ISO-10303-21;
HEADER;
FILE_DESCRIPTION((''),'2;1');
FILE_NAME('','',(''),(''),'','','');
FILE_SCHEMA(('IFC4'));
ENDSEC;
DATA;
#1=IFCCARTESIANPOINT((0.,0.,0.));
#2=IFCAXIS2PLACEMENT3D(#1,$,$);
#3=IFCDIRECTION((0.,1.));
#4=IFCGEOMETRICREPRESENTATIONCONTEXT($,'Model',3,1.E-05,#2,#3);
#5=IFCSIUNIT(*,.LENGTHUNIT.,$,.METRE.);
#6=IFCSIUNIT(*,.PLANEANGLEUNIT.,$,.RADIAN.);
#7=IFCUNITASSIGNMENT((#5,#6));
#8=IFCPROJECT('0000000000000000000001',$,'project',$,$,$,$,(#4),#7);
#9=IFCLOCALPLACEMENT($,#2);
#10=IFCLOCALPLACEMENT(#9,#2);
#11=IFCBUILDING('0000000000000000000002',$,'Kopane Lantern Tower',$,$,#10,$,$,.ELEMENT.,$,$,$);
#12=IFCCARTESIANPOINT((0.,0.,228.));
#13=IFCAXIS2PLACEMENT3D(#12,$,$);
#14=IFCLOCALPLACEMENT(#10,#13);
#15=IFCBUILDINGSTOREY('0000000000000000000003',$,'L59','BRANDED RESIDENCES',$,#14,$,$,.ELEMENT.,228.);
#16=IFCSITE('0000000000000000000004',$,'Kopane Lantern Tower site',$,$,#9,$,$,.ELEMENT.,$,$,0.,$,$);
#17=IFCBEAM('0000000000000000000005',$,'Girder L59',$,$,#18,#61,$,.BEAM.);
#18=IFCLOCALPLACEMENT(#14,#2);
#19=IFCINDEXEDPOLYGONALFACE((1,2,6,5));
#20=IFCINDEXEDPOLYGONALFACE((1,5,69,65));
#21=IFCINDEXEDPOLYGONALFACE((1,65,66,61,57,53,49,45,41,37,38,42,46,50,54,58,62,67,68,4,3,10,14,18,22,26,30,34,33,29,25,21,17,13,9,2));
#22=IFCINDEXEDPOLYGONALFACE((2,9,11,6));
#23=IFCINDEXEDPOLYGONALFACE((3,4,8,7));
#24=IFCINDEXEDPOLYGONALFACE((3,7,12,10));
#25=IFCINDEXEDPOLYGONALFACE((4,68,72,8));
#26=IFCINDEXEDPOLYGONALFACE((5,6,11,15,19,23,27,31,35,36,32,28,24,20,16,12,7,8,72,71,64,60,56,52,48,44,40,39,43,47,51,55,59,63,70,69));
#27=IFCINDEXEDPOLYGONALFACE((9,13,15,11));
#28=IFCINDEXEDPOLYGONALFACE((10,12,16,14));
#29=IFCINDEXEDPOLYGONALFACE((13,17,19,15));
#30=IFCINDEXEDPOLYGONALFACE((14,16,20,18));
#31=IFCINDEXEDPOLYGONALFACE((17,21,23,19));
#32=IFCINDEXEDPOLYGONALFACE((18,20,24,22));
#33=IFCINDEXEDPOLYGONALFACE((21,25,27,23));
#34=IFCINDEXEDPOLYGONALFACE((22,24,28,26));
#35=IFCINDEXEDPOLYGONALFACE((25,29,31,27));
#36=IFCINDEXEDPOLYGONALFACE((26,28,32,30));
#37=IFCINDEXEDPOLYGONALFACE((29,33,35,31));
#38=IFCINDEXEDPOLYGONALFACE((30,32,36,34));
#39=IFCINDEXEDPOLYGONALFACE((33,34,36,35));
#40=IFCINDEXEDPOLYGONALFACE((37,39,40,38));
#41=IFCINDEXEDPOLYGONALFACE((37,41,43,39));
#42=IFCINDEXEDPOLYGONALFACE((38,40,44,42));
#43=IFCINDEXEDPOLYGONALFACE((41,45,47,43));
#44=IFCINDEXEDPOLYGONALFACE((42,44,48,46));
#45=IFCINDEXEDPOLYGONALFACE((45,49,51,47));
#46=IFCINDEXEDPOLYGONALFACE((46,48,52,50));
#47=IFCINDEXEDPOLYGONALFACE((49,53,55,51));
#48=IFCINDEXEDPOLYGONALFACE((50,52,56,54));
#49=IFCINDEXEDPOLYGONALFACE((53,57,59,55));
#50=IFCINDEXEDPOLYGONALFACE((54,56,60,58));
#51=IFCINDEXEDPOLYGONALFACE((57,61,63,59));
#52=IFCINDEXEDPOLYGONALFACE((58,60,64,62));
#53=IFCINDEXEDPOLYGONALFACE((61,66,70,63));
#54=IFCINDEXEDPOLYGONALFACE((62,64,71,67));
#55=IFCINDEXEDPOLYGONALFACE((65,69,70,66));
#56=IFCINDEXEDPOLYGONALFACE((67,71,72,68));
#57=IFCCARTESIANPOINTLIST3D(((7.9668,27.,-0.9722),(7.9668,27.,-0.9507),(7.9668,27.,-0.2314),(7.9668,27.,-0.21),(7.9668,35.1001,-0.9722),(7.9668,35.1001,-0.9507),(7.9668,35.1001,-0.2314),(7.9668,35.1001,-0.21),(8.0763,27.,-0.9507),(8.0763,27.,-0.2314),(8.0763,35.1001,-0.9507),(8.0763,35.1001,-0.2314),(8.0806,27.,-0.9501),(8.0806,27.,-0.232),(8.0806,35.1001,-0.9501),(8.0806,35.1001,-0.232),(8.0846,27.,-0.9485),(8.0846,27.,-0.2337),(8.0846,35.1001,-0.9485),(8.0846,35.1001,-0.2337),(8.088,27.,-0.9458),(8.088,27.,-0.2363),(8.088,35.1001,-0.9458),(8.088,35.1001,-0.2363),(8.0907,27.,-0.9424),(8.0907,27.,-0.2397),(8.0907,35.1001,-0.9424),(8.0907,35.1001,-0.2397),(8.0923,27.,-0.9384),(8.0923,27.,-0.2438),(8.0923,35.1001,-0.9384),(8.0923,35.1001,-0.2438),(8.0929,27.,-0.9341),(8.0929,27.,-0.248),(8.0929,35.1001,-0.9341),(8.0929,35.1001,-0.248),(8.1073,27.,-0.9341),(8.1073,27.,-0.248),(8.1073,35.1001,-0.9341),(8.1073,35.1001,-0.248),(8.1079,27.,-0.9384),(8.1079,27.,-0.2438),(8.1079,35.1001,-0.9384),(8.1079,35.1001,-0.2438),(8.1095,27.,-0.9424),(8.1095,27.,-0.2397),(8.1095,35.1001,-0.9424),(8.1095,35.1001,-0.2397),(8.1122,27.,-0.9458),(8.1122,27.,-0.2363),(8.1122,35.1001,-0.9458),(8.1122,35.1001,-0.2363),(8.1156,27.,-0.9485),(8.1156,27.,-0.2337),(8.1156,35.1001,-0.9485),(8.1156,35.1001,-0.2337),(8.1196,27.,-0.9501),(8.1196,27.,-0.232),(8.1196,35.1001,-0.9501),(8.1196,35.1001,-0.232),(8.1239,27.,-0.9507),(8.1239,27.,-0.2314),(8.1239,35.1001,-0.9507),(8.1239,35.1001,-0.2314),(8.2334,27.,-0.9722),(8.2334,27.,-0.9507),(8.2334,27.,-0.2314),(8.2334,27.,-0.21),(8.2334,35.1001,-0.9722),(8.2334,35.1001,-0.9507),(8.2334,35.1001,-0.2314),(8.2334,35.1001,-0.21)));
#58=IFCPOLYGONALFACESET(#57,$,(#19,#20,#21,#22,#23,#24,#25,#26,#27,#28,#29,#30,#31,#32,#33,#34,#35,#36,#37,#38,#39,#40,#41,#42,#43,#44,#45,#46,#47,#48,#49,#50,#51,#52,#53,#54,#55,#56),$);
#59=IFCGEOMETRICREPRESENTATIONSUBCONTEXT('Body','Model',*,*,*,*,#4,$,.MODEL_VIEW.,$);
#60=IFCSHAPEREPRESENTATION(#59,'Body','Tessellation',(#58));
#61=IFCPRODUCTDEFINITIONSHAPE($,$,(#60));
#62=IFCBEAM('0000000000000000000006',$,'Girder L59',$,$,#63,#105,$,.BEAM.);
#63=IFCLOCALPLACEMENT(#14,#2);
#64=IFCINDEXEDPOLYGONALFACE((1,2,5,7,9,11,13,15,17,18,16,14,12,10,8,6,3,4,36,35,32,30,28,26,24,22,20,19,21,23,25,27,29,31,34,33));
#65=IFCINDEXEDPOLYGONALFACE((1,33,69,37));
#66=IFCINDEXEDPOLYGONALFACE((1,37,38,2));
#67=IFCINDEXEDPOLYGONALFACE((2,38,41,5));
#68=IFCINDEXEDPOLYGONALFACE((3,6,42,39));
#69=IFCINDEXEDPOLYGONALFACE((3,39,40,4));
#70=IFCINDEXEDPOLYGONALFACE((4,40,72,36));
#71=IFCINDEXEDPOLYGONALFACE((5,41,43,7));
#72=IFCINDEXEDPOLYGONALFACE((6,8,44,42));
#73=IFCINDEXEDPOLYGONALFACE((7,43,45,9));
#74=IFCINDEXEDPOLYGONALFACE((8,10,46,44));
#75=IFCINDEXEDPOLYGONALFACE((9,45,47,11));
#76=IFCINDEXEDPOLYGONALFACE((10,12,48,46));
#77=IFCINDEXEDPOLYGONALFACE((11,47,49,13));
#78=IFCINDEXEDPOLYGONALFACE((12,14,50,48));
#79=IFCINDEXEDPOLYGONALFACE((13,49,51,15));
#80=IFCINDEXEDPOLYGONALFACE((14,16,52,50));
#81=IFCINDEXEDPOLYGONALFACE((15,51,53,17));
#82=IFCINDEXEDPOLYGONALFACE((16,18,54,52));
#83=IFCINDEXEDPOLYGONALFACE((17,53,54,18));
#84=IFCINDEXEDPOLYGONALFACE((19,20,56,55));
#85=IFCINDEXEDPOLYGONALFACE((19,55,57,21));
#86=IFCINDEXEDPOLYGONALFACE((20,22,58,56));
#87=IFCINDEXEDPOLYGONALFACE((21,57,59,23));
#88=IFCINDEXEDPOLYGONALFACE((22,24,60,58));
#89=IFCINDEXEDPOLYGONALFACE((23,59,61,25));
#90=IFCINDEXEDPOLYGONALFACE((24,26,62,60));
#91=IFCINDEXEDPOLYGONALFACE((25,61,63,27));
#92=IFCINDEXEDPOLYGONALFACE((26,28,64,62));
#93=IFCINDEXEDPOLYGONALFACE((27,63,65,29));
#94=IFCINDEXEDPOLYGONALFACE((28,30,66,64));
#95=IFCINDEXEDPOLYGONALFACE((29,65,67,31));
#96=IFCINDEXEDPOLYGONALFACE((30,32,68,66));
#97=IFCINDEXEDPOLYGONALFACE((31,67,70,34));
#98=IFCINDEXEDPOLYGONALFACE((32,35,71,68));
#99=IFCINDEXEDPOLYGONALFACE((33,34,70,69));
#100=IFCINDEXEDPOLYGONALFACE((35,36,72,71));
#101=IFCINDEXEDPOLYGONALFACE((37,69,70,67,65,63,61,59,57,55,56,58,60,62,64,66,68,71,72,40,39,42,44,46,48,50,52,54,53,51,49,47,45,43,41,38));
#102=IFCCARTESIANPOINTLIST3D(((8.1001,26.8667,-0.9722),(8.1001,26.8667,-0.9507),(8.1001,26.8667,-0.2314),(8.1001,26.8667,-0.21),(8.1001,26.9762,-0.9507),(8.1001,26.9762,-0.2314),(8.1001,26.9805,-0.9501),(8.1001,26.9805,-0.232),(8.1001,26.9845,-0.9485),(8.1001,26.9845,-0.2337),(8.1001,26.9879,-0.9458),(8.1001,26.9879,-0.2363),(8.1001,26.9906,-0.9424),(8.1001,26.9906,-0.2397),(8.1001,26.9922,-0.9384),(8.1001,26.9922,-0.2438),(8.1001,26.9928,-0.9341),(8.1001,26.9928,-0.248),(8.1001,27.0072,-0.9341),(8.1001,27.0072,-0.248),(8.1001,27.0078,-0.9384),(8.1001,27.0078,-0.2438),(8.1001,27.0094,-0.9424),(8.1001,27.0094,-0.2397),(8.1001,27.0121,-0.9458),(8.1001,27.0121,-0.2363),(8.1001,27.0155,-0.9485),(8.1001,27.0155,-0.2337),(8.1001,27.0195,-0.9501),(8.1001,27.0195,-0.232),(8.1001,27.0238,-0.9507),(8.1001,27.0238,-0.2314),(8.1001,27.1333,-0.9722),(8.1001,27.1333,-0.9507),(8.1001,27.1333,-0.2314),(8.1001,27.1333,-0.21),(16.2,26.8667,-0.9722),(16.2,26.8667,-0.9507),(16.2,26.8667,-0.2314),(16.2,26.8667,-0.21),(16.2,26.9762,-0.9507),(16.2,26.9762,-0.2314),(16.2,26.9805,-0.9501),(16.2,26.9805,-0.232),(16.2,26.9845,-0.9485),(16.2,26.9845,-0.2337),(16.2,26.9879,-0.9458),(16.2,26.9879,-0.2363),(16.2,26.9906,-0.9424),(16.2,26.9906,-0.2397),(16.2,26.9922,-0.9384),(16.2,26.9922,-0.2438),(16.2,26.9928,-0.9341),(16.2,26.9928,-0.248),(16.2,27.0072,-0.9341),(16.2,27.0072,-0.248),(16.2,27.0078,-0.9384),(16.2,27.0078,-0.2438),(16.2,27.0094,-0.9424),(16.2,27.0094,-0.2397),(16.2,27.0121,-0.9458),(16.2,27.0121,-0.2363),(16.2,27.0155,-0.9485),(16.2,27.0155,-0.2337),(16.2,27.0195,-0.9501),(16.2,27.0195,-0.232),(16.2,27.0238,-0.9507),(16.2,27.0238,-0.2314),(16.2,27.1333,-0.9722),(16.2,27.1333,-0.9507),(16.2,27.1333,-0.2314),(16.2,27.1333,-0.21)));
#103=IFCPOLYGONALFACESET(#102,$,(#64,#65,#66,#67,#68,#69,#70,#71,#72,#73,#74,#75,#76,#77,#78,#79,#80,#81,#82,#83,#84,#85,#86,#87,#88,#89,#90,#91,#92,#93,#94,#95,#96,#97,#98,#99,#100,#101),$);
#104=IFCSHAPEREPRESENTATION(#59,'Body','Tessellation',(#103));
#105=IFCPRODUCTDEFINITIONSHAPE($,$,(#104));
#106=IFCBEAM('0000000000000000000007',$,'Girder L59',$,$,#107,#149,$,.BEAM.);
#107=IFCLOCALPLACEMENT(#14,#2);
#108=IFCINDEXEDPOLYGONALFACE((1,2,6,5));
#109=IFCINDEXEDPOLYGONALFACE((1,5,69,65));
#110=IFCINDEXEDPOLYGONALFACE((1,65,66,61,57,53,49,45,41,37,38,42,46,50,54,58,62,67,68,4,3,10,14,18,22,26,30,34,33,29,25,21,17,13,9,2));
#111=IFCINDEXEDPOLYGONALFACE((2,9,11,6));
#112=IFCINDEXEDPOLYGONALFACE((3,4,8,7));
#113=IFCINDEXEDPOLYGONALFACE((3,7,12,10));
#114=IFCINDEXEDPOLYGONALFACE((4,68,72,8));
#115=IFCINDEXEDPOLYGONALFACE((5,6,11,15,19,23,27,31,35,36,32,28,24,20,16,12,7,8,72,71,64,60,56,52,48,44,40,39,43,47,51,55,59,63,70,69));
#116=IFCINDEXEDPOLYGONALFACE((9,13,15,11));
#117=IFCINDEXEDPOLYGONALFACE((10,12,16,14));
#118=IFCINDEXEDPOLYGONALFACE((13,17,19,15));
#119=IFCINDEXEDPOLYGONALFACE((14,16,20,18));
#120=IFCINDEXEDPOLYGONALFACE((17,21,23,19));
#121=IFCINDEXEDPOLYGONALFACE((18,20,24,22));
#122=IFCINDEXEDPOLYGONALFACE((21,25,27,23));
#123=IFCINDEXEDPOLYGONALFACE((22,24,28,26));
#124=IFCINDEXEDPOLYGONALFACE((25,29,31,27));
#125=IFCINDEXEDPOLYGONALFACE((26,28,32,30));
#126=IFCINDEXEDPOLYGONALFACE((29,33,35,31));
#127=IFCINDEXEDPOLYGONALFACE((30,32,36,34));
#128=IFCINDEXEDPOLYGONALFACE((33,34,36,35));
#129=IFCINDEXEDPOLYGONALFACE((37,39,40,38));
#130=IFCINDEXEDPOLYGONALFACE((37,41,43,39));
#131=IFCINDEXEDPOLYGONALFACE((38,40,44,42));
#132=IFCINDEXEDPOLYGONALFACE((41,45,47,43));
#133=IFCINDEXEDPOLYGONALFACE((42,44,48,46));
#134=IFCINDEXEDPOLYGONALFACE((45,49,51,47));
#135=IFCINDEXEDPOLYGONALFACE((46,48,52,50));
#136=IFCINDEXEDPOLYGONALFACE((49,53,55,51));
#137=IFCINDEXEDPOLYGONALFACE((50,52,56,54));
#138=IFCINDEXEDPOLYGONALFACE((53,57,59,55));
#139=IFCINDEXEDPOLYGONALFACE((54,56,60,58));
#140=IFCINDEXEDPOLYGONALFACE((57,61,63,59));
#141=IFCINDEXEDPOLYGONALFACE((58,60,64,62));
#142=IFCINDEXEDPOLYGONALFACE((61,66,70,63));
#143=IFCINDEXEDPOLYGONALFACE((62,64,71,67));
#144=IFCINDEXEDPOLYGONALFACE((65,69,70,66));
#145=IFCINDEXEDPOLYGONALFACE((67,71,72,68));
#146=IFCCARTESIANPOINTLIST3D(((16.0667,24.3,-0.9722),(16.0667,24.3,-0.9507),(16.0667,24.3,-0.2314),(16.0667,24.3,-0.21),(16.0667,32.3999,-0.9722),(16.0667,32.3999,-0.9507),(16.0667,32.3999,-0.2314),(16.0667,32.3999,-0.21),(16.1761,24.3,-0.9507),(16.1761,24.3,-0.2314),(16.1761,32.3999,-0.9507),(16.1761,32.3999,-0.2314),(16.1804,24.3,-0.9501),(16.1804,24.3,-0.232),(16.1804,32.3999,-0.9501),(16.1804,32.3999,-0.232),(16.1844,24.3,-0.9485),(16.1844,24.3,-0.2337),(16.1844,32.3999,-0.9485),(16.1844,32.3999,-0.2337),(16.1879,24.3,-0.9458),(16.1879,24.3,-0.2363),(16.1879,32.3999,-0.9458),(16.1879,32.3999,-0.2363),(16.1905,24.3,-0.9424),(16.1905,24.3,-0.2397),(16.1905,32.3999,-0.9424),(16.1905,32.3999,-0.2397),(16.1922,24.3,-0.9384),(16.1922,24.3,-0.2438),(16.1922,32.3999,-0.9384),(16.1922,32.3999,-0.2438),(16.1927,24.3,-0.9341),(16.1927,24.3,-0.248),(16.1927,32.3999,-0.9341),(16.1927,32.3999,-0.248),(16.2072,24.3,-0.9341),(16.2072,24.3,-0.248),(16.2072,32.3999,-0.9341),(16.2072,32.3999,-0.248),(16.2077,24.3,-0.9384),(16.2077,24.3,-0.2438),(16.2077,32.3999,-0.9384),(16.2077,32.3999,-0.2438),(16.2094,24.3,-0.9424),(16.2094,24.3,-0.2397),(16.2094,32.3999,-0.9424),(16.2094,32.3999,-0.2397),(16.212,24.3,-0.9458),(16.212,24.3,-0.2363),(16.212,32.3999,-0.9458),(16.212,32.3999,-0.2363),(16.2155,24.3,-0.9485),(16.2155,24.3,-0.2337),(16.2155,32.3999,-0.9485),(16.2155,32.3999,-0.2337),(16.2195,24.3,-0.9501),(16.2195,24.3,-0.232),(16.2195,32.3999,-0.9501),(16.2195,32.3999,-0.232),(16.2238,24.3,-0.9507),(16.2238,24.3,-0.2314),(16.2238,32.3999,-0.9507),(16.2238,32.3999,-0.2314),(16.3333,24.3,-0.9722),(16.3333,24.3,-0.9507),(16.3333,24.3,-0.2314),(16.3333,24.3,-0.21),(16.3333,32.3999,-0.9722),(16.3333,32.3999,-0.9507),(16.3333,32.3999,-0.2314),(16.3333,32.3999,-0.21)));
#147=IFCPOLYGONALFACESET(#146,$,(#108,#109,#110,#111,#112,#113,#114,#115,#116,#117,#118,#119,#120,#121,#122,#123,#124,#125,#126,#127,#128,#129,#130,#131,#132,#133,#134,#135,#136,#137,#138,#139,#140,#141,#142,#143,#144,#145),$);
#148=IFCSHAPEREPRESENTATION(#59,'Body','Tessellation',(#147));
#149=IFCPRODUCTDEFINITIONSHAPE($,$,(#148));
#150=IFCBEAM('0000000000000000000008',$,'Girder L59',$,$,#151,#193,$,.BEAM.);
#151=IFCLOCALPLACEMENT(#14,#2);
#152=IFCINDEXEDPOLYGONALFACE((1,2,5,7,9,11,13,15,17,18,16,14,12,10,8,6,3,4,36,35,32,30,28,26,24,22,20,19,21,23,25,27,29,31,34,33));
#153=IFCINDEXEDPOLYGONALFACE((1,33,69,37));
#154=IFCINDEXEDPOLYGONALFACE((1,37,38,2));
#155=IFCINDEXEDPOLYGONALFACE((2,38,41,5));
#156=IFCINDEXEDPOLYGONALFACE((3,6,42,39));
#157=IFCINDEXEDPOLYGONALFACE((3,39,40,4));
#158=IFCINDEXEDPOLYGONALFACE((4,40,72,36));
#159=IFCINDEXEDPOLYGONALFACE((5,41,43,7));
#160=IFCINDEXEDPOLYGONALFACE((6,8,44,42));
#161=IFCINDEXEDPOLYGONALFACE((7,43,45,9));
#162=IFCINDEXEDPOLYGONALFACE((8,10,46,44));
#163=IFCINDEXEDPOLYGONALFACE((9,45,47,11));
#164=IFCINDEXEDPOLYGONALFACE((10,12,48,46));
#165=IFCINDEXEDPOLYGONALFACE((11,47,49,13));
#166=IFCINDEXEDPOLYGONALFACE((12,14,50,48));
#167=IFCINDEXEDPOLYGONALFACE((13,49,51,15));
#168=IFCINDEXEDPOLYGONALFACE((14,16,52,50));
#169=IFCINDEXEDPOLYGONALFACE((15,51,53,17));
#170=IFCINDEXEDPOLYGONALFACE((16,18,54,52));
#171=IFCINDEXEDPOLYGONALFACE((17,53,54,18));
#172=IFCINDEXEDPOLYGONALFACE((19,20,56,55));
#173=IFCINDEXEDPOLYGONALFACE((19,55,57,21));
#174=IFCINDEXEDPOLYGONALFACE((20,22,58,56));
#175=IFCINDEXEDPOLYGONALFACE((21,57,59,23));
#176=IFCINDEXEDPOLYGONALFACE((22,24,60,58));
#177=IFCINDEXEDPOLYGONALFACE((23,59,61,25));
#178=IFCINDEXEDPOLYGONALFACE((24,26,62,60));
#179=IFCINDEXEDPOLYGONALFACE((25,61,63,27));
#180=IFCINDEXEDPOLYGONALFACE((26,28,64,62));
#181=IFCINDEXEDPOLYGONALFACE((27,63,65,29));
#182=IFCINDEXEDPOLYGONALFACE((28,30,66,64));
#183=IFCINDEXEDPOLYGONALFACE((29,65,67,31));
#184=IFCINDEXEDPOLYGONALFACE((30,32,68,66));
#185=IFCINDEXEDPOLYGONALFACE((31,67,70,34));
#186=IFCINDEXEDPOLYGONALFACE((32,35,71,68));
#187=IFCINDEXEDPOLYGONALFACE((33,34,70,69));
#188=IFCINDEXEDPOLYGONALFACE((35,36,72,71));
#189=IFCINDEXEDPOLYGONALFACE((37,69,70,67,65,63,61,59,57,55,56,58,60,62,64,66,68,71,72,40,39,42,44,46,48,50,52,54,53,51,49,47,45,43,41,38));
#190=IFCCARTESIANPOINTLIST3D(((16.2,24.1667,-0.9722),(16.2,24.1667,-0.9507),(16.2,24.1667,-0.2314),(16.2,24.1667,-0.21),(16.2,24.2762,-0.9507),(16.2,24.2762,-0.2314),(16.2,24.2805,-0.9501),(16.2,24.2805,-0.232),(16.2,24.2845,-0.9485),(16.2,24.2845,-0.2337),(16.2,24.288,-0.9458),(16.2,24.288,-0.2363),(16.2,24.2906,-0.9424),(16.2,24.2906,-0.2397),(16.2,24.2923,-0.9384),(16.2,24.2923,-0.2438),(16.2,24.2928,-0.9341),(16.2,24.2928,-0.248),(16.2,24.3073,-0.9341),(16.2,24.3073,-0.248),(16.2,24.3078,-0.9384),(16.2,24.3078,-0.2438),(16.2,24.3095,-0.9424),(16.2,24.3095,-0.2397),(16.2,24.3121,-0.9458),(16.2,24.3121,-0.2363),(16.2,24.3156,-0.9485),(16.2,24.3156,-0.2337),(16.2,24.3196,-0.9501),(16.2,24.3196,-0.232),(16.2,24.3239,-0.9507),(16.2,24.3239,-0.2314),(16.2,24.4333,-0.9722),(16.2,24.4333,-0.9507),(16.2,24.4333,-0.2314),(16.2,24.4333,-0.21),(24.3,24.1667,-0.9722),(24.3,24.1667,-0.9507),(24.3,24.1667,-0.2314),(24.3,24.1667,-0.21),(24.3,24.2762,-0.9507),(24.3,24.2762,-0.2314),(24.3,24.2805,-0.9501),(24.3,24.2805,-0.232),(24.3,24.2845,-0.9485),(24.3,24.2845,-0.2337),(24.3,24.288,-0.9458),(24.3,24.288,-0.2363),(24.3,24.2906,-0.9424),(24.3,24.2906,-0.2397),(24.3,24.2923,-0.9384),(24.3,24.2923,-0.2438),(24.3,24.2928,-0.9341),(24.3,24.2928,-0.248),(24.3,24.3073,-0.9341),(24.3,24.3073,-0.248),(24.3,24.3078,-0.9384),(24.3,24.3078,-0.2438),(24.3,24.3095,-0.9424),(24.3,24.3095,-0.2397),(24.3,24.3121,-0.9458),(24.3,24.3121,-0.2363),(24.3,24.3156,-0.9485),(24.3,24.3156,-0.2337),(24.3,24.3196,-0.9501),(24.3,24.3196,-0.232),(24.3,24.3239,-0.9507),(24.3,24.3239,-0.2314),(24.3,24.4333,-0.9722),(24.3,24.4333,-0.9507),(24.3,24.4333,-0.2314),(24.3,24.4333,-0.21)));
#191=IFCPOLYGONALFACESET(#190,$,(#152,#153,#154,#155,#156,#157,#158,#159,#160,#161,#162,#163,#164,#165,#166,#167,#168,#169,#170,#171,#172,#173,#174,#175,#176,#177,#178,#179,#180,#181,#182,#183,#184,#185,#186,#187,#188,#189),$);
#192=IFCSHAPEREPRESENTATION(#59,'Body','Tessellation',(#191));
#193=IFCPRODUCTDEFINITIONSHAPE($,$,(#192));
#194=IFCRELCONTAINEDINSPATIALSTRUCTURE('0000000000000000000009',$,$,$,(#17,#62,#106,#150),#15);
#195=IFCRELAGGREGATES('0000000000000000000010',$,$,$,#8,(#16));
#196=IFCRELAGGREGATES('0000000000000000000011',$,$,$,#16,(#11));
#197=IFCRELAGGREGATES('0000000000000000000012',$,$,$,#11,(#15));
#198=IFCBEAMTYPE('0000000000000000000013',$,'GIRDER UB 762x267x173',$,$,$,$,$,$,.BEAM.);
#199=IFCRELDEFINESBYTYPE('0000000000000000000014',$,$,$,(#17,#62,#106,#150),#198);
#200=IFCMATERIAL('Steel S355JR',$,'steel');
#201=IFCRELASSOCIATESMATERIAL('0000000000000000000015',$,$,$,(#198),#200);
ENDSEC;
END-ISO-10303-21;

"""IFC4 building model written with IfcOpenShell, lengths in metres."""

from ifc_helpers import new_model, si_unit, direction, frame, origin, origin_2d, place, context, subcontext, project, spatial, i_section, extrude, material, material_profile, profile_set, type_object, element, save


model = new_model("IFC4")

# Units and contexts
model_context = context("Model", 3, precision=1e-05, world=origin(), true_north=direction((0.0, 1.0)))
body_context = subcontext(model_context, "Body", "Model", "MODEL_VIEW")
ifc_project = project(units=[si_unit("LENGTHUNIT", "METRE"), si_unit("PLANEANGLEUNIT", "RADIAN")], contexts=[model_context])

# Site, building, storey
site_placement = place(None, origin())
site = spatial("IfcSite", under=ifc_project, at=site_placement, Name="Kopane Lantern Tower site", CompositionType="ELEMENT", RefElevation=0.0)
building_placement = place(site_placement, origin())
building = spatial("IfcBuilding", under=site, at=building_placement, Name="Kopane Lantern Tower", CompositionType="ELEMENT")
storey_placement = place(building_placement, frame((0.0, 0.0, 228.0)))
storey = spatial("IfcBuildingStorey", under=building, at=storey_placement, Name="L59", Description="BRANDED RESIDENCES", CompositionType="ELEMENT", Elevation=228.0)

# Beams
ifc_material_1 = material(Name="Steel S355JR", Category="steel")
ifc_material_profile_1 = material_profile(ifc_material_1, i_section(OverallWidth=0.2666, OverallDepth=0.7622, WebThickness=0.0144, FlangeThickness=0.0215, FilletRadius=0.0166, at=origin_2d()), Name="UB 762x267x173")
ifc_profile_set_1 = profile_set([ifc_material_profile_1], Name="Steel S355JR")
beam_type = type_object("IfcBeamType", Name="GIRDER UB 762x267x173", PredefinedType="BEAM", material=ifc_profile_set_1)
for number, where, z_axis, x_axis, name in (
    (1, (8.1001, 27.0, -0.5911), (0.0, 1.0, 0.0), (-1.0, 0.0, 0.0), "Girder L59"),
):
    element("IfcBeam", number, at=place(storey_placement, frame(where, z_axis=z_axis, x_axis=x_axis)), inside=storey, type_object=beam_type, Name=name, PredefinedType="BEAM", context=body_context, shape_type="SweptSolid", body=[
        extrude(i_section(OverallWidth=0.2666, OverallDepth=0.7622, WebThickness=0.0144, FlangeThickness=0.0215, FilletRadius=0.0166, at=origin_2d()), origin(), (0.0, 0.0, 1.0), 8.1001),
    ])
for number, where, z_axis, x_axis, name in (
    (2, (8.1001, 27.0, -0.5911), (1.0, 0.0, 0.0), (0.0, 1.0, 0.0), "Girder L59"),
    (3, (16.2, 24.3, -0.5911), (0.0, 1.0, 0.0), (-1.0, 0.0, 0.0), "Girder L59"),
):
    element("IfcBeam", number, at=place(storey_placement, frame(where, z_axis=z_axis, x_axis=x_axis)), inside=storey, type_object=beam_type, Name=name, PredefinedType="BEAM", context=body_context, shape_type="SweptSolid", body=[
        extrude(i_section(OverallWidth=0.2666, OverallDepth=0.7622, WebThickness=0.0144, FlangeThickness=0.0215, FilletRadius=0.0166, at=origin_2d()), origin(), (0.0, 0.0, 1.0), 8.0999),
    ])
beam_placement = place(storey_placement, frame((16.2, 24.3, -0.5911), z_axis=(1.0, 0.0, 0.0), x_axis=(0.0, 1.0, 0.0)))
element("IfcBeam", 4, at=beam_placement, inside=storey, type_object=beam_type, Name="Girder L59", PredefinedType="BEAM", context=body_context, shape_type="SweptSolid", body=[
    extrude(i_section(OverallWidth=0.2666, OverallDepth=0.7622, WebThickness=0.0144, FlangeThickness=0.0215, FilletRadius=0.0166, at=origin_2d()), origin(), (0.0, 0.0, 1.0), 8.1001),
])

save(model, "model.ifc")
